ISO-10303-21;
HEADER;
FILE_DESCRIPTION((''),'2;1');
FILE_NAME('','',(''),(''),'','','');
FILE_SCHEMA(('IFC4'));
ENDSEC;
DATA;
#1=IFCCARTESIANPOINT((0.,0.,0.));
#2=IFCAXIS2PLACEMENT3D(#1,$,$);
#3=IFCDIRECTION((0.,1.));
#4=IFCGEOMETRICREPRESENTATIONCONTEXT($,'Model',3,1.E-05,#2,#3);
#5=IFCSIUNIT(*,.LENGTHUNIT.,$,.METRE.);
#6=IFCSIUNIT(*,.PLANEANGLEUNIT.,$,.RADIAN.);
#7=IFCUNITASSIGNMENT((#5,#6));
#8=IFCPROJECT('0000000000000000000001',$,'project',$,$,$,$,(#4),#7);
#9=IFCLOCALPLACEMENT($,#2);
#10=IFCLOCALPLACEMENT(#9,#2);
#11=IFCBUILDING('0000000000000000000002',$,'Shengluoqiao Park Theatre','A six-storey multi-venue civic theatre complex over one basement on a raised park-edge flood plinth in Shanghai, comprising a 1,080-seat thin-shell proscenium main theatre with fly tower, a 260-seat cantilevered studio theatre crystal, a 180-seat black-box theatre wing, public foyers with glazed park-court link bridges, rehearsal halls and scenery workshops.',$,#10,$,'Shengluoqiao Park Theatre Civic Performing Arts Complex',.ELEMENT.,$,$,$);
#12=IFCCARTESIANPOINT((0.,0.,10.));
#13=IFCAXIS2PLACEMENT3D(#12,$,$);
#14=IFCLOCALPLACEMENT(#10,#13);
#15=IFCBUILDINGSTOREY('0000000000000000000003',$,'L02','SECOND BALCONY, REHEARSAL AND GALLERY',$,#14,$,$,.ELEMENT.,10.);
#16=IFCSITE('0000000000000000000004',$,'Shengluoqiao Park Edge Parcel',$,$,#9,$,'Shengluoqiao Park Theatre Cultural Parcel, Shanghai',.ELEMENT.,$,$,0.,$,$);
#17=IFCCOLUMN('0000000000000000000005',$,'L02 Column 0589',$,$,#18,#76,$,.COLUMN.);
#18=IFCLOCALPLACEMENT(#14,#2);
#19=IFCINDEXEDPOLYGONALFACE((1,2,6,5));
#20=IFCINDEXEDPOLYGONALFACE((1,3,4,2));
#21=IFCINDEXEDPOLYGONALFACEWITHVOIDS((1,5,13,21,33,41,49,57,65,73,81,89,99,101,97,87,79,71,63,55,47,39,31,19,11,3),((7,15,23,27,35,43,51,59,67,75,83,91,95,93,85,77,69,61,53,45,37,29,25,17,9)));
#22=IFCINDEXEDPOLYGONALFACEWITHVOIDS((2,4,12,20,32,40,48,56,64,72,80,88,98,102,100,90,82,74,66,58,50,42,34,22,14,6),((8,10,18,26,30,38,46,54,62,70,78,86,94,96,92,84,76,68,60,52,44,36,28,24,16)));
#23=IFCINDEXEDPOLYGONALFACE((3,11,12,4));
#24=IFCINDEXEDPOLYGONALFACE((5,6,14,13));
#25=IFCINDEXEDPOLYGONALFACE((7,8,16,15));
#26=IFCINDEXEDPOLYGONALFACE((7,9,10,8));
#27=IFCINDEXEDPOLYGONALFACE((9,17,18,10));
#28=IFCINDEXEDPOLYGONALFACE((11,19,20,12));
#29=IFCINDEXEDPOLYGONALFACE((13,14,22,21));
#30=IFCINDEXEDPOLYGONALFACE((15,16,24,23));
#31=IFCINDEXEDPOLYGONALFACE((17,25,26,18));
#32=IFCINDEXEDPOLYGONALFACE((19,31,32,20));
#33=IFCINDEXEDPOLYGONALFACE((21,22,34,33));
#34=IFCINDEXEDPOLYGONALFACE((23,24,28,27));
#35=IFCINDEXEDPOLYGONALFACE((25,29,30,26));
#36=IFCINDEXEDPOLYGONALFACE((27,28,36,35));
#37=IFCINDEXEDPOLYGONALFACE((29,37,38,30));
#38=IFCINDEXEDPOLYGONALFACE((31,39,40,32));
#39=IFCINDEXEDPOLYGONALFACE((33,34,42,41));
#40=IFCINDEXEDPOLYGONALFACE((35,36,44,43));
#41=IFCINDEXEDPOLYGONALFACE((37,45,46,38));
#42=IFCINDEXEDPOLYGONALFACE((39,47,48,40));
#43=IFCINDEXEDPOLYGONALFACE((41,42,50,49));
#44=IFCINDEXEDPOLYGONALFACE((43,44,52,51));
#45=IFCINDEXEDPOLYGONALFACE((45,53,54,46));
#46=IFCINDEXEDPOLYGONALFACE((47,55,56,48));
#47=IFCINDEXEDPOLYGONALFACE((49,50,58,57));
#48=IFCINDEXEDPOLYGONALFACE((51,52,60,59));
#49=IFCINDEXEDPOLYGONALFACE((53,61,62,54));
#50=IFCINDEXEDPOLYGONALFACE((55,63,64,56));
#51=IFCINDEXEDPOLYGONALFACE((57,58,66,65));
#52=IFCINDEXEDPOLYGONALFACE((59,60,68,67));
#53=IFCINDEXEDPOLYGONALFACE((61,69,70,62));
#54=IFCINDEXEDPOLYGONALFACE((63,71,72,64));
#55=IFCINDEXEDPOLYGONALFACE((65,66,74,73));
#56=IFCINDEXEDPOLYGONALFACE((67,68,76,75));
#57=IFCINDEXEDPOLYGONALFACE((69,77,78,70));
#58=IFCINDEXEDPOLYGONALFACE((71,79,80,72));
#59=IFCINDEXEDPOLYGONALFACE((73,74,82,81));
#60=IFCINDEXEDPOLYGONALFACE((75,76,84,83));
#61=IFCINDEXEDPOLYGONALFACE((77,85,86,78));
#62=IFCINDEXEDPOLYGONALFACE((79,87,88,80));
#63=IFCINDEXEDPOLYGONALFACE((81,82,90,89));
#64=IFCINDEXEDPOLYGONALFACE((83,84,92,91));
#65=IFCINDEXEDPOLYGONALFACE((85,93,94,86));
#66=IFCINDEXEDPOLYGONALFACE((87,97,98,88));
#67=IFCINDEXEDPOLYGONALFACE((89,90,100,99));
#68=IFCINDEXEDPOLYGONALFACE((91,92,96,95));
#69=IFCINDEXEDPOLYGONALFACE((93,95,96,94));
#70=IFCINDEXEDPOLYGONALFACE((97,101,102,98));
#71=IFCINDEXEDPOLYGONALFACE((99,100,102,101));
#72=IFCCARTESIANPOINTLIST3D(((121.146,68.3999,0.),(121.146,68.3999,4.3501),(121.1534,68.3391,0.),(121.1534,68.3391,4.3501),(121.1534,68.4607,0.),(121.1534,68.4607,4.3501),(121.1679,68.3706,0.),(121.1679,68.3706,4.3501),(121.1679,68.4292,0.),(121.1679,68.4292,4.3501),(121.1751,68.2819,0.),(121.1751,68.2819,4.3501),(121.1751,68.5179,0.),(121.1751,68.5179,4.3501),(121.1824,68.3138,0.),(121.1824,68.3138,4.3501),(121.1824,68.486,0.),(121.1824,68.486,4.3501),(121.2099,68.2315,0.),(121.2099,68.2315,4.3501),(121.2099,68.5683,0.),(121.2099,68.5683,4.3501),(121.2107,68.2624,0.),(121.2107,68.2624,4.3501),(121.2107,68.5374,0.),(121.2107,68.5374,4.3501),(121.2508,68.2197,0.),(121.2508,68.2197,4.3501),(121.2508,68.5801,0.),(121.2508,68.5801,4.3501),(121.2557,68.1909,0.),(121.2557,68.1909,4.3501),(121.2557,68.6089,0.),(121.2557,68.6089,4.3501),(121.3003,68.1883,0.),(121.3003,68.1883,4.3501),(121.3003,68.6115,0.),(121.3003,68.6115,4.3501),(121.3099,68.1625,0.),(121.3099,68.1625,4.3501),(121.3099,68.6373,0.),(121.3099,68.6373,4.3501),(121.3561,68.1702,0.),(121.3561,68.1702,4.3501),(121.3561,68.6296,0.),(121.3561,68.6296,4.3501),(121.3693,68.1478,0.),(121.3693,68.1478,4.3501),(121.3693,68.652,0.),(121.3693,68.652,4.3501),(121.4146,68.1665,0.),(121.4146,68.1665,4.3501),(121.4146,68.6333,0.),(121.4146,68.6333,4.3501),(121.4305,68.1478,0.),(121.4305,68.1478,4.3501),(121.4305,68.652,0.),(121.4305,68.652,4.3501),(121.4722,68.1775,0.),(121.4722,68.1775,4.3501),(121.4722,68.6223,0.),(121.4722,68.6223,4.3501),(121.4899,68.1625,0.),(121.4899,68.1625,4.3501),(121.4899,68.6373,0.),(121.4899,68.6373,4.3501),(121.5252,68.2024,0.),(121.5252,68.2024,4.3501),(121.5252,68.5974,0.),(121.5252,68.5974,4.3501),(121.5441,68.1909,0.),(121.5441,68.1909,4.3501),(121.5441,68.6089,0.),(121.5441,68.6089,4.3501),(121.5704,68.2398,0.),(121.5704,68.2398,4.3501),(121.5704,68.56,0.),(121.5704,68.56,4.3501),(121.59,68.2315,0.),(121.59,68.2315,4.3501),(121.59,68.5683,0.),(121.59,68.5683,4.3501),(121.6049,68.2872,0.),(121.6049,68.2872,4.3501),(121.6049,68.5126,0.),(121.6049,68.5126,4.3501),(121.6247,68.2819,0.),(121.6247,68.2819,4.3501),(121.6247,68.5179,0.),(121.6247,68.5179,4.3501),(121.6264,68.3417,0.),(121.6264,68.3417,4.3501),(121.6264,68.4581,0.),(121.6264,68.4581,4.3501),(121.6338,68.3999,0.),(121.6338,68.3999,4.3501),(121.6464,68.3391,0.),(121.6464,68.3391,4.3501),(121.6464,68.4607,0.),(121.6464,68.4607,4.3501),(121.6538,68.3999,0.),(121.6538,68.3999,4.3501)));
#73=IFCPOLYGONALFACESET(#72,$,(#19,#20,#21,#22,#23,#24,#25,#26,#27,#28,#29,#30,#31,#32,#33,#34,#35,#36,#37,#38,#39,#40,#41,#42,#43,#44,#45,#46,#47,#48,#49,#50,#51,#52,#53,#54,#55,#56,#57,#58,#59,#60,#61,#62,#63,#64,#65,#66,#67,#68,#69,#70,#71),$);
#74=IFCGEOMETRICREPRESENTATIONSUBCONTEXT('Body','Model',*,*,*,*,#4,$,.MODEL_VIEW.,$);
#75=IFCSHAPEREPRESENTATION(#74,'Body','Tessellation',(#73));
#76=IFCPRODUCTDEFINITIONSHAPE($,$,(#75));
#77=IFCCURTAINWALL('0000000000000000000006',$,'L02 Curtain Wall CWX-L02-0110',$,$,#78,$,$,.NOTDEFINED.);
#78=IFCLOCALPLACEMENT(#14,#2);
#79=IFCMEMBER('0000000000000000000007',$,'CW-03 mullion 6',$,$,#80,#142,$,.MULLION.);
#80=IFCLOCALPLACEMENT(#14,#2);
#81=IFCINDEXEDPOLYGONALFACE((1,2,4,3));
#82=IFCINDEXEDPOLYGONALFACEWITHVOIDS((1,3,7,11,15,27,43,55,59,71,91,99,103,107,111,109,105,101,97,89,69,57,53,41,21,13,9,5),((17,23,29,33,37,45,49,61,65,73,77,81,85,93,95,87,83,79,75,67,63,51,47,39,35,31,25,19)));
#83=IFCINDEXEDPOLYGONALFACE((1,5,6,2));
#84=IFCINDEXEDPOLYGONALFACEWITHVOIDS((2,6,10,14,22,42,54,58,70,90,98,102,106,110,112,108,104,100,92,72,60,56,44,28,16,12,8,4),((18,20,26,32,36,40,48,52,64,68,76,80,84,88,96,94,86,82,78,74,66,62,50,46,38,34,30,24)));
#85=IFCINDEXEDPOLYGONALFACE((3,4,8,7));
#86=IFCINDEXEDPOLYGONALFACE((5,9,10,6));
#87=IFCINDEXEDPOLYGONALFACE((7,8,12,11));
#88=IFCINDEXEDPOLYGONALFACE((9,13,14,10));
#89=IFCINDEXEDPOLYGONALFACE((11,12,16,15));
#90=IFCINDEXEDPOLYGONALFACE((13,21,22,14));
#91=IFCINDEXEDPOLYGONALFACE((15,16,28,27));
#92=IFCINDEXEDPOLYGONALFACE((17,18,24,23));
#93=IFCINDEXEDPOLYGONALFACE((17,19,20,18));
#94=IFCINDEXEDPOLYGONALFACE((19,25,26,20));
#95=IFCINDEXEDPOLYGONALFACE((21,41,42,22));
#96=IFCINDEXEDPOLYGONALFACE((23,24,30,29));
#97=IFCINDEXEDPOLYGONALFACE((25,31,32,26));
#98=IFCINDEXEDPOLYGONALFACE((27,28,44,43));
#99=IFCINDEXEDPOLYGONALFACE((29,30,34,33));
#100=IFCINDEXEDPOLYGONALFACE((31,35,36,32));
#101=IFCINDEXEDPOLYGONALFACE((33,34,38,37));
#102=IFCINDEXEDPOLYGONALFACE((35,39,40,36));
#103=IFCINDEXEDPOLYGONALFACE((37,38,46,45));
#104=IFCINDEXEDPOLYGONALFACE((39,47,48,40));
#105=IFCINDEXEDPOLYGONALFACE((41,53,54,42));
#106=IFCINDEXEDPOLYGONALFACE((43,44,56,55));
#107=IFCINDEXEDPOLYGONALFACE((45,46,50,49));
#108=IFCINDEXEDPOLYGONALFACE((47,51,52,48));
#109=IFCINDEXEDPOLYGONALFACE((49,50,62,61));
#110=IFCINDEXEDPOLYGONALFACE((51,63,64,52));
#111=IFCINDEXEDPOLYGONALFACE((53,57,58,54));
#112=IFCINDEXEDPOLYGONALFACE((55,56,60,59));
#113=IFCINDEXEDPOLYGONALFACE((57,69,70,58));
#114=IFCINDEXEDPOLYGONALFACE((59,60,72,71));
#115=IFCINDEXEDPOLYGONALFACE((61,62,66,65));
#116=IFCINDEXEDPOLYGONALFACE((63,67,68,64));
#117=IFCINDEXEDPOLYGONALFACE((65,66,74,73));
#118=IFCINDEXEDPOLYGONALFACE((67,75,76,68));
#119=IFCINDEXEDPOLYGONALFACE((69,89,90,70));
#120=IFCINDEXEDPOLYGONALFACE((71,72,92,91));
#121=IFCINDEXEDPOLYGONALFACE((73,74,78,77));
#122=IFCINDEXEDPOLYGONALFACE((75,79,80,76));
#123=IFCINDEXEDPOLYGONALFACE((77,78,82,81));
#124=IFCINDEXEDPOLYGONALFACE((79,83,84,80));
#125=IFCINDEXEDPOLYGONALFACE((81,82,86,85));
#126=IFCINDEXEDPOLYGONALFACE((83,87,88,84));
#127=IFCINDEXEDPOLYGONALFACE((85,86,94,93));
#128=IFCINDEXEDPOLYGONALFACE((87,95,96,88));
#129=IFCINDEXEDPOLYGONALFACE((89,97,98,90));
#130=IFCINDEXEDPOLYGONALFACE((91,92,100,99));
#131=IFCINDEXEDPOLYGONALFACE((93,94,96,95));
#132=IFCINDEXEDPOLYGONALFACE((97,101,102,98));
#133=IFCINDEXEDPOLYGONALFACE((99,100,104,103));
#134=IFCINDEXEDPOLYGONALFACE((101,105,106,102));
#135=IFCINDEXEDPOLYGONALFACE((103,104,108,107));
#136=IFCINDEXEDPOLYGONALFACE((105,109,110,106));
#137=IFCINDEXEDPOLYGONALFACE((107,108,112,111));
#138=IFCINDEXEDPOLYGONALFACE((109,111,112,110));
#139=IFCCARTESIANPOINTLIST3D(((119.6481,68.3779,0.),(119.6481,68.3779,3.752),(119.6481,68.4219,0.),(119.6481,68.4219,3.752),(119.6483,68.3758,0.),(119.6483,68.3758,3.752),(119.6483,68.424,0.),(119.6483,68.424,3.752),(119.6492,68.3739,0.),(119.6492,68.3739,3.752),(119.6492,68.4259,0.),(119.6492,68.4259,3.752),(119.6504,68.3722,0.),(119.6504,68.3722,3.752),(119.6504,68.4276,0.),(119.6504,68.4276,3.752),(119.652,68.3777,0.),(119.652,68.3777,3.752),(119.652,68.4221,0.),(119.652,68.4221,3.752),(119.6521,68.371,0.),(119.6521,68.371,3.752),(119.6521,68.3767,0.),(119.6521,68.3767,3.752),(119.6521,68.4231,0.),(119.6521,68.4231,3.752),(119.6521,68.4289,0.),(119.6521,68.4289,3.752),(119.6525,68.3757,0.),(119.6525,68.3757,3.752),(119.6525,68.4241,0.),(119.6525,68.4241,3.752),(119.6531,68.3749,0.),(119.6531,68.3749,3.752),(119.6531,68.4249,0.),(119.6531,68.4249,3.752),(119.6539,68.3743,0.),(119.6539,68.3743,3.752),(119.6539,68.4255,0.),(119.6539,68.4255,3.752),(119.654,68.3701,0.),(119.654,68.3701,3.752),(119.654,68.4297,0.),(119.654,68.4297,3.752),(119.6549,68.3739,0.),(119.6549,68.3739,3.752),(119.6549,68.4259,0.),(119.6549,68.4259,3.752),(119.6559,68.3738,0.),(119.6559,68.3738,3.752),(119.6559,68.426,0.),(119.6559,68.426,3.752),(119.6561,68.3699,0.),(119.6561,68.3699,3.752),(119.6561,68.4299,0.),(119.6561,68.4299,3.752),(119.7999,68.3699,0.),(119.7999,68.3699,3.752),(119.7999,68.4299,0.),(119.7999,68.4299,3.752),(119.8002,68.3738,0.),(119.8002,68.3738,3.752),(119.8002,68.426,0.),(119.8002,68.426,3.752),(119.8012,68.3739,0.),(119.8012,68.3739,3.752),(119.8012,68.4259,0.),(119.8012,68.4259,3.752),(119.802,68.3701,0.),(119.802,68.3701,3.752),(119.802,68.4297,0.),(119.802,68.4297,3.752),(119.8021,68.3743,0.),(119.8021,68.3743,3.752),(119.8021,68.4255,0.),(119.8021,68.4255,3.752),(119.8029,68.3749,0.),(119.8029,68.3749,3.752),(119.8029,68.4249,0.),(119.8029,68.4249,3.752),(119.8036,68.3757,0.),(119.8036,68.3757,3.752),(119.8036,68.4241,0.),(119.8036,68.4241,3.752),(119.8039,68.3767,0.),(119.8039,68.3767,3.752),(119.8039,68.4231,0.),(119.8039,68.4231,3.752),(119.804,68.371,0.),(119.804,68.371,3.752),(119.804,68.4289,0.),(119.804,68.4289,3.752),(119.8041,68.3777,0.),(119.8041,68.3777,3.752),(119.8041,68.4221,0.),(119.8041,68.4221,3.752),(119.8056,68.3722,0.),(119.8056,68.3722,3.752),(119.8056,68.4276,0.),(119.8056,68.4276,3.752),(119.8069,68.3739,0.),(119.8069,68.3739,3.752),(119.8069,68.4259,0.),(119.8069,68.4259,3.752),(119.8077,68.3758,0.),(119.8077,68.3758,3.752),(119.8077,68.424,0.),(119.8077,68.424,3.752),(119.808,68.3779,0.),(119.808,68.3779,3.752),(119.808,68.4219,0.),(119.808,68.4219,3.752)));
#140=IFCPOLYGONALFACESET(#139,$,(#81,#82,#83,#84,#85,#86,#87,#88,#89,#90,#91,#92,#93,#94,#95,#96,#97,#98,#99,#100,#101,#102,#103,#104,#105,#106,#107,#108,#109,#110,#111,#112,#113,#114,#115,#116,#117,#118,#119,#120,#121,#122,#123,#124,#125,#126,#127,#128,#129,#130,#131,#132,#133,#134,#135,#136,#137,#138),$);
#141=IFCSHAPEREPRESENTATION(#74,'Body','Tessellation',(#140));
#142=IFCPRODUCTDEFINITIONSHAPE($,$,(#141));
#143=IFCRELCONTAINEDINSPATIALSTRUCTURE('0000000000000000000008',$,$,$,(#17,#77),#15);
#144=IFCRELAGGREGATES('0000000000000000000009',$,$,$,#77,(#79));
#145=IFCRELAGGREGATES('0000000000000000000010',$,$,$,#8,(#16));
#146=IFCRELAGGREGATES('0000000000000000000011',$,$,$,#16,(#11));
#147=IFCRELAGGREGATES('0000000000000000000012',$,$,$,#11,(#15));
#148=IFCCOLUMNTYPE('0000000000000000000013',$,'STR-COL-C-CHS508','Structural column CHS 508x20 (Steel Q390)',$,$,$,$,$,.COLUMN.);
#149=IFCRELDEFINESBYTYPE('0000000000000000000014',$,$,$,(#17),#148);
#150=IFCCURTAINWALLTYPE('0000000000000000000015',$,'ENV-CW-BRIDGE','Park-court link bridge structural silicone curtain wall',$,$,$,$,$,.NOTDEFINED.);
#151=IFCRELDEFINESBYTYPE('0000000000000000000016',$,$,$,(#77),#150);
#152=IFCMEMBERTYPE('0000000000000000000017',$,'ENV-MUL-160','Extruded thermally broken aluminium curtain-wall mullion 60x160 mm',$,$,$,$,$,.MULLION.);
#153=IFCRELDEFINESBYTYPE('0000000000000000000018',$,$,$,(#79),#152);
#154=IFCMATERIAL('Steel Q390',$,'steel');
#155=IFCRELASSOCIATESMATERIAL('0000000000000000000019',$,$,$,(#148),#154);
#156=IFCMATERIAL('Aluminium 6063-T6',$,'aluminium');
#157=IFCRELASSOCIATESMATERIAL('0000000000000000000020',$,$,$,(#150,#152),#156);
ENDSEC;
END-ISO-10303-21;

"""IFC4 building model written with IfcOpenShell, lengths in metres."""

from ifc_helpers import new_model, si_unit, direction, frame, origin, origin_2d, place, context, subcontext, project, spatial, hollow_rectangle, hollow_circle, extrude, material, material_profile, profile_set, type_object, element, aggregate, save


model = new_model("IFC4")

# Units and contexts
model_context = context("Model", 3, precision=1e-05, world=origin(), true_north=direction((0.0, 1.0)))
body_context = subcontext(model_context, "Body", "Model", "MODEL_VIEW")
ifc_project = project(units=[si_unit("LENGTHUNIT", "METRE"), si_unit("PLANEANGLEUNIT", "RADIAN")], contexts=[model_context])

# Site, building, storey
site_placement = place(None, origin())
site = spatial("IfcSite", under=ifc_project, at=site_placement, Name="Shengluoqiao Park Edge Parcel", LongName="Shengluoqiao Park Theatre Cultural Parcel, Shanghai", CompositionType="ELEMENT", RefElevation=0.0)
building_placement = place(site_placement, origin())
building = spatial("IfcBuilding", under=site, at=building_placement, Name="Shengluoqiao Park Theatre", Description="A six-storey multi-venue civic theatre complex over one basement on a raised park-edge flood plinth in Shanghai, comprising a 1,080-seat thin-shell proscenium main theatre with fly tower, a 260-seat cantilevered studio theatre crystal, a 180-seat black-box theatre wing, public foyers with glazed park-court link bridges, rehearsal halls and scenery workshops.", LongName="Shengluoqiao Park Theatre Civic Performing Arts Complex", CompositionType="ELEMENT")
storey_placement = place(building_placement, frame((0.0, 0.0, 10.0)))
storey = spatial("IfcBuildingStorey", under=building, at=storey_placement, Name="L02", Description="SECOND BALCONY, REHEARSAL AND GALLERY", CompositionType="ELEMENT", Elevation=10.0)

# Column
ifc_material_1 = material(Name="Steel Q390", Category="steel")
ifc_material_profile_1 = material_profile(ifc_material_1, hollow_circle(Radius=0.2539, WallThickness=0.02, at=origin_2d()), Name="CHS 508x20")
ifc_profile_set_1 = profile_set([ifc_material_profile_1], Name="Steel Q390")
column_type = type_object("IfcColumnType", Name="STR-COL-C-CHS508", Description="Structural column CHS 508x20 (Steel Q390)", PredefinedType="COLUMN", material=ifc_profile_set_1)
column_placement = place(storey_placement, frame((121.3999, 68.3999, 0.0), z_axis=(0.0, 0.0, 1.0), x_axis=(1.0, 0.0, 0.0)))
element("IfcColumn", 1, at=column_placement, inside=storey, type_object=column_type, Name="L02 Column 0589", PredefinedType="COLUMN", context=body_context, shape_type="SweptSolid", body=[
    extrude(hollow_circle(Radius=0.2539, WallThickness=0.02, at=origin_2d()), origin(), (0.0, 0.0, 1.0), 4.3501),
])

# Curtain wall, member
ifc_material_2 = material(Name="Aluminium 6063-T6", Category="aluminium")
curtain_wall_type = type_object("IfcCurtainWallType", Name="ENV-CW-BRIDGE", Description="Park-court link bridge structural silicone curtain wall", PredefinedType="NOTDEFINED", material=ifc_material_2)
curtain_wall_1_placement = place(storey_placement, origin())
curtain_wall_1 = element("IfcCurtainWall", 2, at=curtain_wall_1_placement, inside=storey, type_object=curtain_wall_type, Name="L02 Curtain Wall CWX-L02-0110", PredefinedType="NOTDEFINED")
ifc_material_profile_2 = material_profile(ifc_material_2, hollow_rectangle(XDim=0.0601, YDim=0.1599, WallThickness=0.0039, InnerFilletRadius=0.0039, OuterFilletRadius=0.0081, at=origin_2d()), Name="ALU MULLION 160x60x4")
ifc_profile_set_2 = profile_set([ifc_material_profile_2], Name="Aluminium 6063-T6")
member_type_1 = type_object("IfcMemberType", Name="ENV-MUL-160", Description="Extruded thermally broken aluminium curtain-wall mullion 60x160 mm", PredefinedType="MULLION", material=ifc_profile_set_2)
member_1_placement = place(storey_placement, frame((119.728, 68.3999, 0.0), z_axis=(0.0, 0.0, 1.0), x_axis=(0.0, 1.0, 0.0)))
member_1 = element("IfcMember", 3, at=member_1_placement, type_object=member_type_1, Name="CW-03 mullion 6", PredefinedType="MULLION", context=body_context, shape_type="SweptSolid", body=[
    extrude(hollow_rectangle(XDim=0.0601, YDim=0.1599, WallThickness=0.0039, InnerFilletRadius=0.0039, OuterFilletRadius=0.0081, at=origin_2d()), origin(), (0.0, 0.0, 1.0), 3.752),
])

aggregate(curtain_wall_1, [member_1])

save(model, "model.ifc")
